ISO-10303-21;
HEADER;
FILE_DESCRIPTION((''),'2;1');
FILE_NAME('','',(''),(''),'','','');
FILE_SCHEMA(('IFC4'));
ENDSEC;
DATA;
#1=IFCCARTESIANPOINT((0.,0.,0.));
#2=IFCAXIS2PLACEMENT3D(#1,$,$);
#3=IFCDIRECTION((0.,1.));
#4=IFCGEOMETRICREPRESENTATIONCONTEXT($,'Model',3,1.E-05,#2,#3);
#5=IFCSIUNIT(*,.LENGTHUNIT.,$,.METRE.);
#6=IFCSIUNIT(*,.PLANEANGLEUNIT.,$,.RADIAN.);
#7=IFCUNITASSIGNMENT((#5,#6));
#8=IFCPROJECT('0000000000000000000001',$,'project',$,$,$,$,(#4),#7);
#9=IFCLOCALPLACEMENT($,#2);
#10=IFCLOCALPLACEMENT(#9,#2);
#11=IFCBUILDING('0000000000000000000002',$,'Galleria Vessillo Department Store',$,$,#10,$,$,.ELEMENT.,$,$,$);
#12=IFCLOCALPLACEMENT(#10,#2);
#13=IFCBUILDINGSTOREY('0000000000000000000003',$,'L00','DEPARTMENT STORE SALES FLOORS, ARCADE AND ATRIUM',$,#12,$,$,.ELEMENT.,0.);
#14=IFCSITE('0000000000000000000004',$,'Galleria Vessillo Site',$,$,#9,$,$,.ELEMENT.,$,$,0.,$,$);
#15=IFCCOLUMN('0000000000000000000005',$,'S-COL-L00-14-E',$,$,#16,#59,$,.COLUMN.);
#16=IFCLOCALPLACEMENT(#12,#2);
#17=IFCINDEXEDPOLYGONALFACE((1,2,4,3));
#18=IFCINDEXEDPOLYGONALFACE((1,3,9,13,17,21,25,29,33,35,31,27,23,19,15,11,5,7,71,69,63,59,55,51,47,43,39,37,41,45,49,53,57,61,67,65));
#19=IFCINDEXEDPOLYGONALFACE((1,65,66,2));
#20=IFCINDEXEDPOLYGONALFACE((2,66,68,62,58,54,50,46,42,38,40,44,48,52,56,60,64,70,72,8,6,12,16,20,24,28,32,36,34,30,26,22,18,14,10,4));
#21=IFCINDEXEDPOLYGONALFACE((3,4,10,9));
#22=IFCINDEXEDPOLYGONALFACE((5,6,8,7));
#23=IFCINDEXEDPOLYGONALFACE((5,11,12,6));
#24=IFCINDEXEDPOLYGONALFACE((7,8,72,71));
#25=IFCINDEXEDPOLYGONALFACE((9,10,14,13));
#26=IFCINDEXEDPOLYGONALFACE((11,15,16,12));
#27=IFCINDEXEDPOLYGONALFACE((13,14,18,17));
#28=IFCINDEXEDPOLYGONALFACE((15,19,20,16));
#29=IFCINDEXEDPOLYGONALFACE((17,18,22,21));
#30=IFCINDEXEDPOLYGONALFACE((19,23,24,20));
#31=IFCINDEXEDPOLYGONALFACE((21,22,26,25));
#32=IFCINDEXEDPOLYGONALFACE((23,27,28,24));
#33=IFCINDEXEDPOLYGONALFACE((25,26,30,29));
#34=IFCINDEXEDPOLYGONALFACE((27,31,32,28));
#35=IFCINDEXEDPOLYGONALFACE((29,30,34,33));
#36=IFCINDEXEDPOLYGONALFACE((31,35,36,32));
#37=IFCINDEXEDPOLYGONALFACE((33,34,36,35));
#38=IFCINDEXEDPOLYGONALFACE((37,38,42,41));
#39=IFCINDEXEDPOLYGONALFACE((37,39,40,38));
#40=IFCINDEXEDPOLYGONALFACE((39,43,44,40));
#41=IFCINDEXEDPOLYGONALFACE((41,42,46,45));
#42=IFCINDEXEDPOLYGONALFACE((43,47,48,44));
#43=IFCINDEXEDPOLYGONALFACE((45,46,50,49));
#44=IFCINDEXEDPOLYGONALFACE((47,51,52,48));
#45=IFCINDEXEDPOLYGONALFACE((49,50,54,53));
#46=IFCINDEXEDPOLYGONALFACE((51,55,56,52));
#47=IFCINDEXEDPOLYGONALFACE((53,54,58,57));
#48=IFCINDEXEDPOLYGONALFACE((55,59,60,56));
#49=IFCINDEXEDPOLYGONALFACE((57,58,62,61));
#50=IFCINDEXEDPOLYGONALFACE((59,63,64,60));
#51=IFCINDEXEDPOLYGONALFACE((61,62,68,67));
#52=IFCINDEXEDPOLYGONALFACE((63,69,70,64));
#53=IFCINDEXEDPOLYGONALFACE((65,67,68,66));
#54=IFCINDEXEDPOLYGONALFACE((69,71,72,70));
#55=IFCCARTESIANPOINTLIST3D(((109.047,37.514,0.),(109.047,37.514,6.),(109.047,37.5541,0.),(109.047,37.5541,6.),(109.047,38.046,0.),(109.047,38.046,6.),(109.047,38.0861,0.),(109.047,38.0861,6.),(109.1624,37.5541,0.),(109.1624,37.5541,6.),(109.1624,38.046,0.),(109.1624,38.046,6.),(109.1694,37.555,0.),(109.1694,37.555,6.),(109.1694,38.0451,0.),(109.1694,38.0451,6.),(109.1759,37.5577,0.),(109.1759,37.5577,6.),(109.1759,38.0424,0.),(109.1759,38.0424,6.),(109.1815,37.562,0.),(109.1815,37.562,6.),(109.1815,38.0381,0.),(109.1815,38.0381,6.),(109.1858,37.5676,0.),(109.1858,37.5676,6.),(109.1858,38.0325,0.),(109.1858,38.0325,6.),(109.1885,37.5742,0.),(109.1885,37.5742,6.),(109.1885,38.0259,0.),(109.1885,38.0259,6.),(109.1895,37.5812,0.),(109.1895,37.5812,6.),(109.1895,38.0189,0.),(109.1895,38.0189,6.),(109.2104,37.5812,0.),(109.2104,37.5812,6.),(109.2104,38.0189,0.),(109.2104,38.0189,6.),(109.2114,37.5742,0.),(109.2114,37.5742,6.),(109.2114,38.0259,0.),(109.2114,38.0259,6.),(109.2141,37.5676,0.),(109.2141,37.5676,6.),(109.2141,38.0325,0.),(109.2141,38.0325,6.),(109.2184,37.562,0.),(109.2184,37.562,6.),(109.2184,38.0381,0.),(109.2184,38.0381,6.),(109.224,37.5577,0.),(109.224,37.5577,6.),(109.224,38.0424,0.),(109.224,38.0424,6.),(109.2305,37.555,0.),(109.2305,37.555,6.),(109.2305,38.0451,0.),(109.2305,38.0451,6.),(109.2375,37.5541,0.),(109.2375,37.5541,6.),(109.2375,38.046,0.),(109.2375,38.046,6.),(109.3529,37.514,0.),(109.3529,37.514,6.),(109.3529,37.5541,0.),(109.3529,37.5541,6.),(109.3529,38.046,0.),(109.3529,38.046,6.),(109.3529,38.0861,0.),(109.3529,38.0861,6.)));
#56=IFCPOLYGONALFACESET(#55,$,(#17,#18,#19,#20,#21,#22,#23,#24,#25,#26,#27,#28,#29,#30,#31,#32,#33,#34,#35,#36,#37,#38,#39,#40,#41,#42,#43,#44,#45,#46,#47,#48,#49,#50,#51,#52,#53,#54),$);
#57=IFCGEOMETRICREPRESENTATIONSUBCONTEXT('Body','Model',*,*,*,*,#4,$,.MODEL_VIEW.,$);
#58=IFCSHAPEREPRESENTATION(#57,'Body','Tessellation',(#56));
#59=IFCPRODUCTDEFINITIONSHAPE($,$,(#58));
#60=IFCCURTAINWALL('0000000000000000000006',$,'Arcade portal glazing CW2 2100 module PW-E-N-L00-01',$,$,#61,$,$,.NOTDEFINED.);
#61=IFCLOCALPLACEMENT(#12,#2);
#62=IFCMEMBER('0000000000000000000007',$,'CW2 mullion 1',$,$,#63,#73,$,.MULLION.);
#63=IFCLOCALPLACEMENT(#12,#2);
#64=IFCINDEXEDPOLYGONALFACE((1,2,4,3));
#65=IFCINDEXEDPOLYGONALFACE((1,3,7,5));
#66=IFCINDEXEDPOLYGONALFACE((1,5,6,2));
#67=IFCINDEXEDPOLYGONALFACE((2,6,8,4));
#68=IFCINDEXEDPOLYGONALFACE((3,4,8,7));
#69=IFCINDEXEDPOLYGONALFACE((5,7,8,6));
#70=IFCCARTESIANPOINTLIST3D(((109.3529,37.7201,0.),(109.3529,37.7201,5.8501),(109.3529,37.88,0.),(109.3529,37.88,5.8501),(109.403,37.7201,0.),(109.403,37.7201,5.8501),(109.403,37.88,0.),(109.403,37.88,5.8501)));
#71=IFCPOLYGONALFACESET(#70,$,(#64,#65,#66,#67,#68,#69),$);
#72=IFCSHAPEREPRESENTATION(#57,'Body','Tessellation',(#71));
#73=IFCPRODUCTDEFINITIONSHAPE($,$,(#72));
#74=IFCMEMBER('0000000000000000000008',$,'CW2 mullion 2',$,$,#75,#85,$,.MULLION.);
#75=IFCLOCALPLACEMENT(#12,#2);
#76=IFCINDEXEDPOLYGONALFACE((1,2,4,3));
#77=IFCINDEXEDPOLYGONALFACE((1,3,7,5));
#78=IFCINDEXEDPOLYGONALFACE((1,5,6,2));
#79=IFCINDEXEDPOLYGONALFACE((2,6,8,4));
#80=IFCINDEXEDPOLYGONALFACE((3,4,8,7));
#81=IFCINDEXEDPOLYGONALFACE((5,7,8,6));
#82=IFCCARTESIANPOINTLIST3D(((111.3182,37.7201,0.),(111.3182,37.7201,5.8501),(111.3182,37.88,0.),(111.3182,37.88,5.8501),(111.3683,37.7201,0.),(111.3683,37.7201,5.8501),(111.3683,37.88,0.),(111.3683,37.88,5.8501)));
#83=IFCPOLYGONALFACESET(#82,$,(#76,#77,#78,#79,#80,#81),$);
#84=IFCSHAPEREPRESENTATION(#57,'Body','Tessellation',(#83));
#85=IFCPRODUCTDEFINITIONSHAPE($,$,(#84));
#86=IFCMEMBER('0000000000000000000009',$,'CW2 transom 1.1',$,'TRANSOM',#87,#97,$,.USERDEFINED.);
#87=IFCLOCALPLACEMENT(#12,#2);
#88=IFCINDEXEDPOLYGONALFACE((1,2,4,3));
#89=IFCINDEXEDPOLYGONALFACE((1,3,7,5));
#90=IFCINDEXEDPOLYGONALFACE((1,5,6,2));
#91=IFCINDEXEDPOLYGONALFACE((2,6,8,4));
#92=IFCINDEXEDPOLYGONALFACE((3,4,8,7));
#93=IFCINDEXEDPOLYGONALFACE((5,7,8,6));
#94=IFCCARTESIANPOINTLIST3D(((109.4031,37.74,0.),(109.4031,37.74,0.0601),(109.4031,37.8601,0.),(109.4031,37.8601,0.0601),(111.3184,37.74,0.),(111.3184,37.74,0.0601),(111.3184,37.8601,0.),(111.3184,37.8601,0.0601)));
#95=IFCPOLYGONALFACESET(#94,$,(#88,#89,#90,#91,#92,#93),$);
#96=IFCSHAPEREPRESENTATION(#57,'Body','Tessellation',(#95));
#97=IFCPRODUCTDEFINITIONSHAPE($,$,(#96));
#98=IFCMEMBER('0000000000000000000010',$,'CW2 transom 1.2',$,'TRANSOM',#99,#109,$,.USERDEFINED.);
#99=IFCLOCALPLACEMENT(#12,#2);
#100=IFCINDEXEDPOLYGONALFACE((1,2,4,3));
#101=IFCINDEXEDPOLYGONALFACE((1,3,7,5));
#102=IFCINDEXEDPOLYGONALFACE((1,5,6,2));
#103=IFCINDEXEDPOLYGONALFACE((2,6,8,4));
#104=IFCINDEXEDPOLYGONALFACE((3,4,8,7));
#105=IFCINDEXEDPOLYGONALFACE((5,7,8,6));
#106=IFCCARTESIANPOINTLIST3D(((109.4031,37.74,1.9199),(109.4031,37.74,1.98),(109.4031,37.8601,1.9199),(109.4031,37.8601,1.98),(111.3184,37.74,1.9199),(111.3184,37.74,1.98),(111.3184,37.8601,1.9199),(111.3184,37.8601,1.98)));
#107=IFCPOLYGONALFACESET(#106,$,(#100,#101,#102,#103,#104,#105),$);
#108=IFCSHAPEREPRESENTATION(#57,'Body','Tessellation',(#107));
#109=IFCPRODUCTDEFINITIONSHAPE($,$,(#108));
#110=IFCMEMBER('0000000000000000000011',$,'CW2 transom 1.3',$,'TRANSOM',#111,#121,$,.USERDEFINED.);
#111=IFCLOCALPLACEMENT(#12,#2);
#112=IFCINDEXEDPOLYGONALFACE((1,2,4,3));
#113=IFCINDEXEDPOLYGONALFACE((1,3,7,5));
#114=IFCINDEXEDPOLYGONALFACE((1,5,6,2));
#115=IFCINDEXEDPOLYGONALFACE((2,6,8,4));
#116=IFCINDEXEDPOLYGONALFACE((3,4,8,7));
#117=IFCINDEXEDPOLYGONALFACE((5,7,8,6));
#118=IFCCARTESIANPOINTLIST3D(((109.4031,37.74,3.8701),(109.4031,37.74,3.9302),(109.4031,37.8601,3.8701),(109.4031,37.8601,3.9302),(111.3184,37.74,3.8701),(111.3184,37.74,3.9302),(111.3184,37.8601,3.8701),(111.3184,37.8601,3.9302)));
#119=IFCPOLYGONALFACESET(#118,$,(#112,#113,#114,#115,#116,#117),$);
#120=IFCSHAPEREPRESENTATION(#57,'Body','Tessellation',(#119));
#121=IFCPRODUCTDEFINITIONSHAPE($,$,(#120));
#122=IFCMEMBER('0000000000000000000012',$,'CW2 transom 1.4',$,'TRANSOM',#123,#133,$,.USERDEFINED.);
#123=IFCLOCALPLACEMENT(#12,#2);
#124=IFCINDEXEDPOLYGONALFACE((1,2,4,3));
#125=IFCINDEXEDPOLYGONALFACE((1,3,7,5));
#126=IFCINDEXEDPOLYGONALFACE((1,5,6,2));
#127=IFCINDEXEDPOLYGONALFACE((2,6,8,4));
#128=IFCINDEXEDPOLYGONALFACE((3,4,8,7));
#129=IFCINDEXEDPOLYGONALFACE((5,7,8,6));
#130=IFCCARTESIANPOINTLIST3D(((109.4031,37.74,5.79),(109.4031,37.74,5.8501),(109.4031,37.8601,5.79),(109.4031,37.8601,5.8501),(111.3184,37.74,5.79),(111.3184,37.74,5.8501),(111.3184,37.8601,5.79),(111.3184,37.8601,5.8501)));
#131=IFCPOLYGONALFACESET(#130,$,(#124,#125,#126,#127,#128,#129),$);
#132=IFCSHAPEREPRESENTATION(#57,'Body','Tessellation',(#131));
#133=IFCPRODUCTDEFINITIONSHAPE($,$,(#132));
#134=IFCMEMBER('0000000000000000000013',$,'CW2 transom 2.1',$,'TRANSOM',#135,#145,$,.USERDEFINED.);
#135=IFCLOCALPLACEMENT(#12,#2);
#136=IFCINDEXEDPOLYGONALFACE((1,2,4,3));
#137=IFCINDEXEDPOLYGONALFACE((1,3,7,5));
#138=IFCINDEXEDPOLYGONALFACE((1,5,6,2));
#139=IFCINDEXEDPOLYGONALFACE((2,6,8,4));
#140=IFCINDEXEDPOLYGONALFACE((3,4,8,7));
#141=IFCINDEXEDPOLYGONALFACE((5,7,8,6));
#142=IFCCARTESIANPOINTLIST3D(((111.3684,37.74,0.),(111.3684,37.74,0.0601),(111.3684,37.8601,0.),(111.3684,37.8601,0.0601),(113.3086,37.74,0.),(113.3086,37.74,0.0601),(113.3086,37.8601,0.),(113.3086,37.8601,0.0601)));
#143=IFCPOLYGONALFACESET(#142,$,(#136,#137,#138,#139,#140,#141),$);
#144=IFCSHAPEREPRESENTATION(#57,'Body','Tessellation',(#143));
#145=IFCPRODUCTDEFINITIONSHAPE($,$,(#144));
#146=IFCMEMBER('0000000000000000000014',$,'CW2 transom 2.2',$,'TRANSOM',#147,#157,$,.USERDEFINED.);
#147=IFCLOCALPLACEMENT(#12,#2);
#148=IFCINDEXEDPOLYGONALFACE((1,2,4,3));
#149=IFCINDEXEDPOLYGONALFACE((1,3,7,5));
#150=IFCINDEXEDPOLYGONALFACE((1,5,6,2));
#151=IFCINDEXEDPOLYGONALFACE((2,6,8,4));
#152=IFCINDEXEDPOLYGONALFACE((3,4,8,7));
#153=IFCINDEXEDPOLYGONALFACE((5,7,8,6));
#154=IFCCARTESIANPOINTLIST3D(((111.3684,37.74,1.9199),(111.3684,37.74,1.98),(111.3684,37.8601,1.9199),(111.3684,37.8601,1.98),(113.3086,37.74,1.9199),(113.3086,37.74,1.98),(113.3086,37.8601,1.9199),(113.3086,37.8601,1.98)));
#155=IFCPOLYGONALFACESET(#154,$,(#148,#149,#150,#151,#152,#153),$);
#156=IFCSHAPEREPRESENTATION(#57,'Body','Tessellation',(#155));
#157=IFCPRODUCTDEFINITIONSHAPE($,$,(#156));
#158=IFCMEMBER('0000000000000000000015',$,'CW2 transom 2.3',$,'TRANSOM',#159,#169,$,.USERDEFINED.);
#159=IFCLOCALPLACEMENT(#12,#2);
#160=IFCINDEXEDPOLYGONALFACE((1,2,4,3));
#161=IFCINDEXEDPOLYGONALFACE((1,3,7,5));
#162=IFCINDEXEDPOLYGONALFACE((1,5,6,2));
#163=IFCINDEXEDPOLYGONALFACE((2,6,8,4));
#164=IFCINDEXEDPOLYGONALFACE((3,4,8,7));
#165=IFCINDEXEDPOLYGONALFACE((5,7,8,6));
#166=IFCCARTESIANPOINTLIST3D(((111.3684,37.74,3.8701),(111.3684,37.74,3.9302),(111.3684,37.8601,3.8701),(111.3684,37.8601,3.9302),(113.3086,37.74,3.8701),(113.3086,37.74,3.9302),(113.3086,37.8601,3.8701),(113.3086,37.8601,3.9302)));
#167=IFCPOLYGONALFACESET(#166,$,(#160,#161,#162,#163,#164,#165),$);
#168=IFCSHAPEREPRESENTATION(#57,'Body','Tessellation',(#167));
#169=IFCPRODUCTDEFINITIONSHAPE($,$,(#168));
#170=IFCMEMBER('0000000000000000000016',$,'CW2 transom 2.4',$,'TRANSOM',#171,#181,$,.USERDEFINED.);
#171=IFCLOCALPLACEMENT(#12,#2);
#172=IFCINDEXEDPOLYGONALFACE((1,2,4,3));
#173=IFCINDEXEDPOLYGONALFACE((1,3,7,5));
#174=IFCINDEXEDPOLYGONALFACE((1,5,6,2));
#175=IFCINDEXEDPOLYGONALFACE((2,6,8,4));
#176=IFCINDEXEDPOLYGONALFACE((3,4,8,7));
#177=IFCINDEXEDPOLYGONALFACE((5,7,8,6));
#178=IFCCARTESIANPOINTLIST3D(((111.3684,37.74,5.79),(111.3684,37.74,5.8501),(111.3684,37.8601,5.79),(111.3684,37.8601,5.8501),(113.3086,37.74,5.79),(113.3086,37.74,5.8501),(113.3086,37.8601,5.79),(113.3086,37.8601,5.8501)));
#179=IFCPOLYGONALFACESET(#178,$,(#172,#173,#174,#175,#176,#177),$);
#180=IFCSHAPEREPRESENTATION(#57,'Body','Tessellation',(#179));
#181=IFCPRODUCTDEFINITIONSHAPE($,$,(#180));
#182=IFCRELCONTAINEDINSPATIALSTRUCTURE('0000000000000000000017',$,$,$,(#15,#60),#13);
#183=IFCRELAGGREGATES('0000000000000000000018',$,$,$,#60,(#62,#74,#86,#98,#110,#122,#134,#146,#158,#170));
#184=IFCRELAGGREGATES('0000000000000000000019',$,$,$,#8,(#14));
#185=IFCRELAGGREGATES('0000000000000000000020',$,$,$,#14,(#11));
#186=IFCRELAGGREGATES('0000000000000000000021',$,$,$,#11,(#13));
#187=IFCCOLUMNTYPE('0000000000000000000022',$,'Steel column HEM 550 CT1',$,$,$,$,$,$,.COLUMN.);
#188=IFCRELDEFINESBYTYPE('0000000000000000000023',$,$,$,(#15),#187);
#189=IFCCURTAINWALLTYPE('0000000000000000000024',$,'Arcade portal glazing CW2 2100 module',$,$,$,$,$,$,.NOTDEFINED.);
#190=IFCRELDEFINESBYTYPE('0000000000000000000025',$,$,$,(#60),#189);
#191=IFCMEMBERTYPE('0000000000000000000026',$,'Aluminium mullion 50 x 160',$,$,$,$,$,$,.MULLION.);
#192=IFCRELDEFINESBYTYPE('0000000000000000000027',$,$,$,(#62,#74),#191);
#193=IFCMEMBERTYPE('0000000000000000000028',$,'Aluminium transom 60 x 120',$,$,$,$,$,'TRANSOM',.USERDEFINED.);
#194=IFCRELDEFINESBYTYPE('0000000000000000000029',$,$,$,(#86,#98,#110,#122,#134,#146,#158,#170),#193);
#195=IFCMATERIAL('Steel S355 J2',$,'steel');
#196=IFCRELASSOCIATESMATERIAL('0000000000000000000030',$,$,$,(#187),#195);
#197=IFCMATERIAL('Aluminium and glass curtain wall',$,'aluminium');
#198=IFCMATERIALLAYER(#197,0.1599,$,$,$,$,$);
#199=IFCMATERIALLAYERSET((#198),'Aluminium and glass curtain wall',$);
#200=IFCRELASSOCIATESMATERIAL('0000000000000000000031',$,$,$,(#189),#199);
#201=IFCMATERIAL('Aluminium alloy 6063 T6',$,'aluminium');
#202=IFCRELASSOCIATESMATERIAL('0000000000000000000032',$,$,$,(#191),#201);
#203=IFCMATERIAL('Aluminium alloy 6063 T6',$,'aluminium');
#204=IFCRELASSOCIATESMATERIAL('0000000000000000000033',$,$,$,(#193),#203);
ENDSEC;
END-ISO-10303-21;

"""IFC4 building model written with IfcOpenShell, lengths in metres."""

from ifc_helpers import new_model, si_unit, direction, frame, origin, origin_2d, place, context, subcontext, project, spatial, rectangle, i_section, extrude, material, layer, layer_set, material_profile, profile_set, type_object, element, aggregate, save


model = new_model("IFC4")

# Units and contexts
model_context = context("Model", 3, precision=1e-05, world=origin(), true_north=direction((0.0, 1.0)))
body_context = subcontext(model_context, "Body", "Model", "MODEL_VIEW")
ifc_project = project(units=[si_unit("LENGTHUNIT", "METRE"), si_unit("PLANEANGLEUNIT", "RADIAN")], contexts=[model_context])

# Site, building, storey
site_placement = place(None, origin())
site = spatial("IfcSite", under=ifc_project, at=site_placement, Name="Galleria Vessillo Site", CompositionType="ELEMENT", RefElevation=0.0)
building_placement = place(site_placement, origin())
building = spatial("IfcBuilding", under=site, at=building_placement, Name="Galleria Vessillo Department Store", CompositionType="ELEMENT")
storey_placement = place(building_placement, origin())
storey = spatial("IfcBuildingStorey", under=building, at=storey_placement, Name="L00", Description="DEPARTMENT STORE SALES FLOORS, ARCADE AND ATRIUM", CompositionType="ELEMENT", Elevation=0.0)

# Column
ifc_material_1 = material(Name="Steel S355 J2", Category="steel")
ifc_material_profile_1 = material_profile(ifc_material_1, i_section(OverallWidth=0.3059, OverallDepth=0.572, WebThickness=0.021, FlangeThickness=0.04, FilletRadius=0.0271, at=origin_2d()), Name="HEM 550")
ifc_profile_set_1 = profile_set([ifc_material_profile_1], Name="Steel S355 J2")
column_type = type_object("IfcColumnType", Name="Steel column HEM 550 CT1", PredefinedType="COLUMN", material=ifc_profile_set_1)
column_placement = place(storey_placement, frame((109.2, 37.8, 0.0), z_axis=(0.0, 0.0, 1.0), x_axis=(1.0, 0.0, 0.0)))
element("IfcColumn", 1, at=column_placement, inside=storey, type_object=column_type, Name="S-COL-L00-14-E", PredefinedType="COLUMN", context=body_context, shape_type="SweptSolid", body=[
    extrude(i_section(OverallWidth=0.3059, OverallDepth=0.572, WebThickness=0.021, FlangeThickness=0.04, FilletRadius=0.0271, at=origin_2d()), origin(), (0.0, 0.0, 1.0), 6.0),
])

# Curtain wall, members
ifc_material_2 = material(Name="Aluminium and glass curtain wall", Category="aluminium")
ifc_layer_1 = layer(ifc_material_2, 0.1599)
ifc_layer_set_1 = layer_set([ifc_layer_1], Name="Aluminium and glass curtain wall")
curtain_wall_type = type_object("IfcCurtainWallType", Name="Arcade portal glazing CW2 2100 module", PredefinedType="NOTDEFINED", material=ifc_layer_set_1)
curtain_wall_placement = place(storey_placement, origin())
curtain_wall = element("IfcCurtainWall", 2, at=curtain_wall_placement, inside=storey, type_object=curtain_wall_type, Name="Arcade portal glazing CW2 2100 module PW-E-N-L00-01", PredefinedType="NOTDEFINED")
ifc_material_3 = material(Name="Aluminium alloy 6063 T6", Category="aluminium")
ifc_material_profile_2 = material_profile(ifc_material_3, rectangle(XDim=0.1599, YDim=0.05, at=origin_2d()), Name="AL 50x160")
ifc_profile_set_2 = profile_set([ifc_material_profile_2], Name="Aluminium alloy 6063 T6")
member_type_1 = type_object("IfcMemberType", Name="Aluminium mullion 50 x 160", PredefinedType="MULLION", material=ifc_profile_set_2)
member_1_placement = place(storey_placement, frame((109.3779, 37.8, 0.0), z_axis=(0.0, 0.0, 1.0), x_axis=(0.0, 1.0, 0.0)))
member_1 = element("IfcMember", 3, at=member_1_placement, type_object=member_type_1, Name="CW2 mullion 1", PredefinedType="MULLION", context=body_context, shape_type="SweptSolid", body=[
    extrude(rectangle(XDim=0.1599, YDim=0.05, at=origin_2d()), origin(), (0.0, 0.0, 1.0), 5.8501),
])
member_2_placement = place(storey_placement, frame((111.3433, 37.8, 0.0), z_axis=(0.0, 0.0, 1.0), x_axis=(0.0, 1.0, 0.0)))
member_2 = element("IfcMember", 4, at=member_2_placement, type_object=member_type_1, Name="CW2 mullion 2", PredefinedType="MULLION", context=body_context, shape_type="SweptSolid", body=[
    extrude(rectangle(XDim=0.1599, YDim=0.05, at=origin_2d()), origin(), (0.0, 0.0, 1.0), 5.8501),
])
ifc_material_4 = material(Name="Aluminium alloy 6063 T6", Category="aluminium")
ifc_material_profile_3 = material_profile(ifc_material_4, rectangle(XDim=0.1201, YDim=0.0601, at=origin_2d()), Name="AL 60x120")
ifc_profile_set_3 = profile_set([ifc_material_profile_3], Name="Aluminium alloy 6063 T6")
member_type_2 = type_object("IfcMemberType", Name="Aluminium transom 60 x 120", ElementType="TRANSOM", PredefinedType="USERDEFINED", material=ifc_profile_set_3)
member_3_placement = place(storey_placement, frame((109.4031, 37.8, 0.03), z_axis=(1.0, 0.0, 0.0), x_axis=(0.0, 1.0, 0.0)))
member_3 = element("IfcMember", 5, at=member_3_placement, type_object=member_type_2, Name="CW2 transom 1.1", ObjectType="TRANSOM", PredefinedType="USERDEFINED", context=body_context, shape_type="SweptSolid", body=[
    extrude(rectangle(XDim=0.1201, YDim=0.0601, at=origin_2d()), origin(), (0.0, 0.0, 1.0), 1.9153),
])
member_4_placement = place(storey_placement, frame((109.4031, 37.8, 1.95), z_axis=(1.0, 0.0, 0.0), x_axis=(0.0, 1.0, 0.0)))
member_4 = element("IfcMember", 6, at=member_4_placement, type_object=member_type_2, Name="CW2 transom 1.2", ObjectType="TRANSOM", PredefinedType="USERDEFINED", context=body_context, shape_type="SweptSolid", body=[
    extrude(rectangle(XDim=0.1201, YDim=0.0601, at=origin_2d()), origin(), (0.0, 0.0, 1.0), 1.9153),
])
member_5_placement = place(storey_placement, frame((109.4031, 37.8, 3.9001), z_axis=(1.0, 0.0, 0.0), x_axis=(0.0, 1.0, 0.0)))
member_5 = element("IfcMember", 7, at=member_5_placement, type_object=member_type_2, Name="CW2 transom 1.3", ObjectType="TRANSOM", PredefinedType="USERDEFINED", context=body_context, shape_type="SweptSolid", body=[
    extrude(rectangle(XDim=0.1201, YDim=0.0601, at=origin_2d()), origin(), (0.0, 0.0, 1.0), 1.9153),
])
member_6_placement = place(storey_placement, frame((109.4031, 37.8, 5.8201), z_axis=(1.0, 0.0, 0.0), x_axis=(0.0, 1.0, 0.0)))
member_6 = element("IfcMember", 8, at=member_6_placement, type_object=member_type_2, Name="CW2 transom 1.4", ObjectType="TRANSOM", PredefinedType="USERDEFINED", context=body_context, shape_type="SweptSolid", body=[
    extrude(rectangle(XDim=0.1201, YDim=0.0601, at=origin_2d()), origin(), (0.0, 0.0, 1.0), 1.9153),
])
member_7_placement = place(storey_placement, frame((111.3684, 37.8, 0.03), z_axis=(1.0, 0.0, 0.0), x_axis=(0.0, 1.0, 0.0)))
member_7 = element("IfcMember", 9, at=member_7_placement, type_object=member_type_2, Name="CW2 transom 2.1", ObjectType="TRANSOM", PredefinedType="USERDEFINED", context=body_context, shape_type="SweptSolid", body=[
    extrude(rectangle(XDim=0.1201, YDim=0.0601, at=origin_2d()), origin(), (0.0, 0.0, 1.0), 1.9402),
])
member_8_placement = place(storey_placement, frame((111.3684, 37.8, 1.95), z_axis=(1.0, 0.0, 0.0), x_axis=(0.0, 1.0, 0.0)))
member_8 = element("IfcMember", 10, at=member_8_placement, type_object=member_type_2, Name="CW2 transom 2.2", ObjectType="TRANSOM", PredefinedType="USERDEFINED", context=body_context, shape_type="SweptSolid", body=[
    extrude(rectangle(XDim=0.1201, YDim=0.0601, at=origin_2d()), origin(), (0.0, 0.0, 1.0), 1.9402),
])
member_9_placement = place(storey_placement, frame((111.3684, 37.8, 3.9001), z_axis=(1.0, 0.0, 0.0), x_axis=(0.0, 1.0, 0.0)))
member_9 = element("IfcMember", 11, at=member_9_placement, type_object=member_type_2, Name="CW2 transom 2.3", ObjectType="TRANSOM", PredefinedType="USERDEFINED", context=body_context, shape_type="SweptSolid", body=[
    extrude(rectangle(XDim=0.1201, YDim=0.0601, at=origin_2d()), origin(), (0.0, 0.0, 1.0), 1.9402),
])
member_10_placement = place(storey_placement, frame((111.3684, 37.8, 5.8201), z_axis=(1.0, 0.0, 0.0), x_axis=(0.0, 1.0, 0.0)))
member_10 = element("IfcMember", 12, at=member_10_placement, type_object=member_type_2, Name="CW2 transom 2.4", ObjectType="TRANSOM", PredefinedType="USERDEFINED", context=body_context, shape_type="SweptSolid", body=[
    extrude(rectangle(XDim=0.1201, YDim=0.0601, at=origin_2d()), origin(), (0.0, 0.0, 1.0), 1.9402),
])

aggregate(curtain_wall, [member_1, member_2, member_3, member_4, member_5, member_6, member_7, member_8, member_9, member_10])

save(model, "model.ifc")
